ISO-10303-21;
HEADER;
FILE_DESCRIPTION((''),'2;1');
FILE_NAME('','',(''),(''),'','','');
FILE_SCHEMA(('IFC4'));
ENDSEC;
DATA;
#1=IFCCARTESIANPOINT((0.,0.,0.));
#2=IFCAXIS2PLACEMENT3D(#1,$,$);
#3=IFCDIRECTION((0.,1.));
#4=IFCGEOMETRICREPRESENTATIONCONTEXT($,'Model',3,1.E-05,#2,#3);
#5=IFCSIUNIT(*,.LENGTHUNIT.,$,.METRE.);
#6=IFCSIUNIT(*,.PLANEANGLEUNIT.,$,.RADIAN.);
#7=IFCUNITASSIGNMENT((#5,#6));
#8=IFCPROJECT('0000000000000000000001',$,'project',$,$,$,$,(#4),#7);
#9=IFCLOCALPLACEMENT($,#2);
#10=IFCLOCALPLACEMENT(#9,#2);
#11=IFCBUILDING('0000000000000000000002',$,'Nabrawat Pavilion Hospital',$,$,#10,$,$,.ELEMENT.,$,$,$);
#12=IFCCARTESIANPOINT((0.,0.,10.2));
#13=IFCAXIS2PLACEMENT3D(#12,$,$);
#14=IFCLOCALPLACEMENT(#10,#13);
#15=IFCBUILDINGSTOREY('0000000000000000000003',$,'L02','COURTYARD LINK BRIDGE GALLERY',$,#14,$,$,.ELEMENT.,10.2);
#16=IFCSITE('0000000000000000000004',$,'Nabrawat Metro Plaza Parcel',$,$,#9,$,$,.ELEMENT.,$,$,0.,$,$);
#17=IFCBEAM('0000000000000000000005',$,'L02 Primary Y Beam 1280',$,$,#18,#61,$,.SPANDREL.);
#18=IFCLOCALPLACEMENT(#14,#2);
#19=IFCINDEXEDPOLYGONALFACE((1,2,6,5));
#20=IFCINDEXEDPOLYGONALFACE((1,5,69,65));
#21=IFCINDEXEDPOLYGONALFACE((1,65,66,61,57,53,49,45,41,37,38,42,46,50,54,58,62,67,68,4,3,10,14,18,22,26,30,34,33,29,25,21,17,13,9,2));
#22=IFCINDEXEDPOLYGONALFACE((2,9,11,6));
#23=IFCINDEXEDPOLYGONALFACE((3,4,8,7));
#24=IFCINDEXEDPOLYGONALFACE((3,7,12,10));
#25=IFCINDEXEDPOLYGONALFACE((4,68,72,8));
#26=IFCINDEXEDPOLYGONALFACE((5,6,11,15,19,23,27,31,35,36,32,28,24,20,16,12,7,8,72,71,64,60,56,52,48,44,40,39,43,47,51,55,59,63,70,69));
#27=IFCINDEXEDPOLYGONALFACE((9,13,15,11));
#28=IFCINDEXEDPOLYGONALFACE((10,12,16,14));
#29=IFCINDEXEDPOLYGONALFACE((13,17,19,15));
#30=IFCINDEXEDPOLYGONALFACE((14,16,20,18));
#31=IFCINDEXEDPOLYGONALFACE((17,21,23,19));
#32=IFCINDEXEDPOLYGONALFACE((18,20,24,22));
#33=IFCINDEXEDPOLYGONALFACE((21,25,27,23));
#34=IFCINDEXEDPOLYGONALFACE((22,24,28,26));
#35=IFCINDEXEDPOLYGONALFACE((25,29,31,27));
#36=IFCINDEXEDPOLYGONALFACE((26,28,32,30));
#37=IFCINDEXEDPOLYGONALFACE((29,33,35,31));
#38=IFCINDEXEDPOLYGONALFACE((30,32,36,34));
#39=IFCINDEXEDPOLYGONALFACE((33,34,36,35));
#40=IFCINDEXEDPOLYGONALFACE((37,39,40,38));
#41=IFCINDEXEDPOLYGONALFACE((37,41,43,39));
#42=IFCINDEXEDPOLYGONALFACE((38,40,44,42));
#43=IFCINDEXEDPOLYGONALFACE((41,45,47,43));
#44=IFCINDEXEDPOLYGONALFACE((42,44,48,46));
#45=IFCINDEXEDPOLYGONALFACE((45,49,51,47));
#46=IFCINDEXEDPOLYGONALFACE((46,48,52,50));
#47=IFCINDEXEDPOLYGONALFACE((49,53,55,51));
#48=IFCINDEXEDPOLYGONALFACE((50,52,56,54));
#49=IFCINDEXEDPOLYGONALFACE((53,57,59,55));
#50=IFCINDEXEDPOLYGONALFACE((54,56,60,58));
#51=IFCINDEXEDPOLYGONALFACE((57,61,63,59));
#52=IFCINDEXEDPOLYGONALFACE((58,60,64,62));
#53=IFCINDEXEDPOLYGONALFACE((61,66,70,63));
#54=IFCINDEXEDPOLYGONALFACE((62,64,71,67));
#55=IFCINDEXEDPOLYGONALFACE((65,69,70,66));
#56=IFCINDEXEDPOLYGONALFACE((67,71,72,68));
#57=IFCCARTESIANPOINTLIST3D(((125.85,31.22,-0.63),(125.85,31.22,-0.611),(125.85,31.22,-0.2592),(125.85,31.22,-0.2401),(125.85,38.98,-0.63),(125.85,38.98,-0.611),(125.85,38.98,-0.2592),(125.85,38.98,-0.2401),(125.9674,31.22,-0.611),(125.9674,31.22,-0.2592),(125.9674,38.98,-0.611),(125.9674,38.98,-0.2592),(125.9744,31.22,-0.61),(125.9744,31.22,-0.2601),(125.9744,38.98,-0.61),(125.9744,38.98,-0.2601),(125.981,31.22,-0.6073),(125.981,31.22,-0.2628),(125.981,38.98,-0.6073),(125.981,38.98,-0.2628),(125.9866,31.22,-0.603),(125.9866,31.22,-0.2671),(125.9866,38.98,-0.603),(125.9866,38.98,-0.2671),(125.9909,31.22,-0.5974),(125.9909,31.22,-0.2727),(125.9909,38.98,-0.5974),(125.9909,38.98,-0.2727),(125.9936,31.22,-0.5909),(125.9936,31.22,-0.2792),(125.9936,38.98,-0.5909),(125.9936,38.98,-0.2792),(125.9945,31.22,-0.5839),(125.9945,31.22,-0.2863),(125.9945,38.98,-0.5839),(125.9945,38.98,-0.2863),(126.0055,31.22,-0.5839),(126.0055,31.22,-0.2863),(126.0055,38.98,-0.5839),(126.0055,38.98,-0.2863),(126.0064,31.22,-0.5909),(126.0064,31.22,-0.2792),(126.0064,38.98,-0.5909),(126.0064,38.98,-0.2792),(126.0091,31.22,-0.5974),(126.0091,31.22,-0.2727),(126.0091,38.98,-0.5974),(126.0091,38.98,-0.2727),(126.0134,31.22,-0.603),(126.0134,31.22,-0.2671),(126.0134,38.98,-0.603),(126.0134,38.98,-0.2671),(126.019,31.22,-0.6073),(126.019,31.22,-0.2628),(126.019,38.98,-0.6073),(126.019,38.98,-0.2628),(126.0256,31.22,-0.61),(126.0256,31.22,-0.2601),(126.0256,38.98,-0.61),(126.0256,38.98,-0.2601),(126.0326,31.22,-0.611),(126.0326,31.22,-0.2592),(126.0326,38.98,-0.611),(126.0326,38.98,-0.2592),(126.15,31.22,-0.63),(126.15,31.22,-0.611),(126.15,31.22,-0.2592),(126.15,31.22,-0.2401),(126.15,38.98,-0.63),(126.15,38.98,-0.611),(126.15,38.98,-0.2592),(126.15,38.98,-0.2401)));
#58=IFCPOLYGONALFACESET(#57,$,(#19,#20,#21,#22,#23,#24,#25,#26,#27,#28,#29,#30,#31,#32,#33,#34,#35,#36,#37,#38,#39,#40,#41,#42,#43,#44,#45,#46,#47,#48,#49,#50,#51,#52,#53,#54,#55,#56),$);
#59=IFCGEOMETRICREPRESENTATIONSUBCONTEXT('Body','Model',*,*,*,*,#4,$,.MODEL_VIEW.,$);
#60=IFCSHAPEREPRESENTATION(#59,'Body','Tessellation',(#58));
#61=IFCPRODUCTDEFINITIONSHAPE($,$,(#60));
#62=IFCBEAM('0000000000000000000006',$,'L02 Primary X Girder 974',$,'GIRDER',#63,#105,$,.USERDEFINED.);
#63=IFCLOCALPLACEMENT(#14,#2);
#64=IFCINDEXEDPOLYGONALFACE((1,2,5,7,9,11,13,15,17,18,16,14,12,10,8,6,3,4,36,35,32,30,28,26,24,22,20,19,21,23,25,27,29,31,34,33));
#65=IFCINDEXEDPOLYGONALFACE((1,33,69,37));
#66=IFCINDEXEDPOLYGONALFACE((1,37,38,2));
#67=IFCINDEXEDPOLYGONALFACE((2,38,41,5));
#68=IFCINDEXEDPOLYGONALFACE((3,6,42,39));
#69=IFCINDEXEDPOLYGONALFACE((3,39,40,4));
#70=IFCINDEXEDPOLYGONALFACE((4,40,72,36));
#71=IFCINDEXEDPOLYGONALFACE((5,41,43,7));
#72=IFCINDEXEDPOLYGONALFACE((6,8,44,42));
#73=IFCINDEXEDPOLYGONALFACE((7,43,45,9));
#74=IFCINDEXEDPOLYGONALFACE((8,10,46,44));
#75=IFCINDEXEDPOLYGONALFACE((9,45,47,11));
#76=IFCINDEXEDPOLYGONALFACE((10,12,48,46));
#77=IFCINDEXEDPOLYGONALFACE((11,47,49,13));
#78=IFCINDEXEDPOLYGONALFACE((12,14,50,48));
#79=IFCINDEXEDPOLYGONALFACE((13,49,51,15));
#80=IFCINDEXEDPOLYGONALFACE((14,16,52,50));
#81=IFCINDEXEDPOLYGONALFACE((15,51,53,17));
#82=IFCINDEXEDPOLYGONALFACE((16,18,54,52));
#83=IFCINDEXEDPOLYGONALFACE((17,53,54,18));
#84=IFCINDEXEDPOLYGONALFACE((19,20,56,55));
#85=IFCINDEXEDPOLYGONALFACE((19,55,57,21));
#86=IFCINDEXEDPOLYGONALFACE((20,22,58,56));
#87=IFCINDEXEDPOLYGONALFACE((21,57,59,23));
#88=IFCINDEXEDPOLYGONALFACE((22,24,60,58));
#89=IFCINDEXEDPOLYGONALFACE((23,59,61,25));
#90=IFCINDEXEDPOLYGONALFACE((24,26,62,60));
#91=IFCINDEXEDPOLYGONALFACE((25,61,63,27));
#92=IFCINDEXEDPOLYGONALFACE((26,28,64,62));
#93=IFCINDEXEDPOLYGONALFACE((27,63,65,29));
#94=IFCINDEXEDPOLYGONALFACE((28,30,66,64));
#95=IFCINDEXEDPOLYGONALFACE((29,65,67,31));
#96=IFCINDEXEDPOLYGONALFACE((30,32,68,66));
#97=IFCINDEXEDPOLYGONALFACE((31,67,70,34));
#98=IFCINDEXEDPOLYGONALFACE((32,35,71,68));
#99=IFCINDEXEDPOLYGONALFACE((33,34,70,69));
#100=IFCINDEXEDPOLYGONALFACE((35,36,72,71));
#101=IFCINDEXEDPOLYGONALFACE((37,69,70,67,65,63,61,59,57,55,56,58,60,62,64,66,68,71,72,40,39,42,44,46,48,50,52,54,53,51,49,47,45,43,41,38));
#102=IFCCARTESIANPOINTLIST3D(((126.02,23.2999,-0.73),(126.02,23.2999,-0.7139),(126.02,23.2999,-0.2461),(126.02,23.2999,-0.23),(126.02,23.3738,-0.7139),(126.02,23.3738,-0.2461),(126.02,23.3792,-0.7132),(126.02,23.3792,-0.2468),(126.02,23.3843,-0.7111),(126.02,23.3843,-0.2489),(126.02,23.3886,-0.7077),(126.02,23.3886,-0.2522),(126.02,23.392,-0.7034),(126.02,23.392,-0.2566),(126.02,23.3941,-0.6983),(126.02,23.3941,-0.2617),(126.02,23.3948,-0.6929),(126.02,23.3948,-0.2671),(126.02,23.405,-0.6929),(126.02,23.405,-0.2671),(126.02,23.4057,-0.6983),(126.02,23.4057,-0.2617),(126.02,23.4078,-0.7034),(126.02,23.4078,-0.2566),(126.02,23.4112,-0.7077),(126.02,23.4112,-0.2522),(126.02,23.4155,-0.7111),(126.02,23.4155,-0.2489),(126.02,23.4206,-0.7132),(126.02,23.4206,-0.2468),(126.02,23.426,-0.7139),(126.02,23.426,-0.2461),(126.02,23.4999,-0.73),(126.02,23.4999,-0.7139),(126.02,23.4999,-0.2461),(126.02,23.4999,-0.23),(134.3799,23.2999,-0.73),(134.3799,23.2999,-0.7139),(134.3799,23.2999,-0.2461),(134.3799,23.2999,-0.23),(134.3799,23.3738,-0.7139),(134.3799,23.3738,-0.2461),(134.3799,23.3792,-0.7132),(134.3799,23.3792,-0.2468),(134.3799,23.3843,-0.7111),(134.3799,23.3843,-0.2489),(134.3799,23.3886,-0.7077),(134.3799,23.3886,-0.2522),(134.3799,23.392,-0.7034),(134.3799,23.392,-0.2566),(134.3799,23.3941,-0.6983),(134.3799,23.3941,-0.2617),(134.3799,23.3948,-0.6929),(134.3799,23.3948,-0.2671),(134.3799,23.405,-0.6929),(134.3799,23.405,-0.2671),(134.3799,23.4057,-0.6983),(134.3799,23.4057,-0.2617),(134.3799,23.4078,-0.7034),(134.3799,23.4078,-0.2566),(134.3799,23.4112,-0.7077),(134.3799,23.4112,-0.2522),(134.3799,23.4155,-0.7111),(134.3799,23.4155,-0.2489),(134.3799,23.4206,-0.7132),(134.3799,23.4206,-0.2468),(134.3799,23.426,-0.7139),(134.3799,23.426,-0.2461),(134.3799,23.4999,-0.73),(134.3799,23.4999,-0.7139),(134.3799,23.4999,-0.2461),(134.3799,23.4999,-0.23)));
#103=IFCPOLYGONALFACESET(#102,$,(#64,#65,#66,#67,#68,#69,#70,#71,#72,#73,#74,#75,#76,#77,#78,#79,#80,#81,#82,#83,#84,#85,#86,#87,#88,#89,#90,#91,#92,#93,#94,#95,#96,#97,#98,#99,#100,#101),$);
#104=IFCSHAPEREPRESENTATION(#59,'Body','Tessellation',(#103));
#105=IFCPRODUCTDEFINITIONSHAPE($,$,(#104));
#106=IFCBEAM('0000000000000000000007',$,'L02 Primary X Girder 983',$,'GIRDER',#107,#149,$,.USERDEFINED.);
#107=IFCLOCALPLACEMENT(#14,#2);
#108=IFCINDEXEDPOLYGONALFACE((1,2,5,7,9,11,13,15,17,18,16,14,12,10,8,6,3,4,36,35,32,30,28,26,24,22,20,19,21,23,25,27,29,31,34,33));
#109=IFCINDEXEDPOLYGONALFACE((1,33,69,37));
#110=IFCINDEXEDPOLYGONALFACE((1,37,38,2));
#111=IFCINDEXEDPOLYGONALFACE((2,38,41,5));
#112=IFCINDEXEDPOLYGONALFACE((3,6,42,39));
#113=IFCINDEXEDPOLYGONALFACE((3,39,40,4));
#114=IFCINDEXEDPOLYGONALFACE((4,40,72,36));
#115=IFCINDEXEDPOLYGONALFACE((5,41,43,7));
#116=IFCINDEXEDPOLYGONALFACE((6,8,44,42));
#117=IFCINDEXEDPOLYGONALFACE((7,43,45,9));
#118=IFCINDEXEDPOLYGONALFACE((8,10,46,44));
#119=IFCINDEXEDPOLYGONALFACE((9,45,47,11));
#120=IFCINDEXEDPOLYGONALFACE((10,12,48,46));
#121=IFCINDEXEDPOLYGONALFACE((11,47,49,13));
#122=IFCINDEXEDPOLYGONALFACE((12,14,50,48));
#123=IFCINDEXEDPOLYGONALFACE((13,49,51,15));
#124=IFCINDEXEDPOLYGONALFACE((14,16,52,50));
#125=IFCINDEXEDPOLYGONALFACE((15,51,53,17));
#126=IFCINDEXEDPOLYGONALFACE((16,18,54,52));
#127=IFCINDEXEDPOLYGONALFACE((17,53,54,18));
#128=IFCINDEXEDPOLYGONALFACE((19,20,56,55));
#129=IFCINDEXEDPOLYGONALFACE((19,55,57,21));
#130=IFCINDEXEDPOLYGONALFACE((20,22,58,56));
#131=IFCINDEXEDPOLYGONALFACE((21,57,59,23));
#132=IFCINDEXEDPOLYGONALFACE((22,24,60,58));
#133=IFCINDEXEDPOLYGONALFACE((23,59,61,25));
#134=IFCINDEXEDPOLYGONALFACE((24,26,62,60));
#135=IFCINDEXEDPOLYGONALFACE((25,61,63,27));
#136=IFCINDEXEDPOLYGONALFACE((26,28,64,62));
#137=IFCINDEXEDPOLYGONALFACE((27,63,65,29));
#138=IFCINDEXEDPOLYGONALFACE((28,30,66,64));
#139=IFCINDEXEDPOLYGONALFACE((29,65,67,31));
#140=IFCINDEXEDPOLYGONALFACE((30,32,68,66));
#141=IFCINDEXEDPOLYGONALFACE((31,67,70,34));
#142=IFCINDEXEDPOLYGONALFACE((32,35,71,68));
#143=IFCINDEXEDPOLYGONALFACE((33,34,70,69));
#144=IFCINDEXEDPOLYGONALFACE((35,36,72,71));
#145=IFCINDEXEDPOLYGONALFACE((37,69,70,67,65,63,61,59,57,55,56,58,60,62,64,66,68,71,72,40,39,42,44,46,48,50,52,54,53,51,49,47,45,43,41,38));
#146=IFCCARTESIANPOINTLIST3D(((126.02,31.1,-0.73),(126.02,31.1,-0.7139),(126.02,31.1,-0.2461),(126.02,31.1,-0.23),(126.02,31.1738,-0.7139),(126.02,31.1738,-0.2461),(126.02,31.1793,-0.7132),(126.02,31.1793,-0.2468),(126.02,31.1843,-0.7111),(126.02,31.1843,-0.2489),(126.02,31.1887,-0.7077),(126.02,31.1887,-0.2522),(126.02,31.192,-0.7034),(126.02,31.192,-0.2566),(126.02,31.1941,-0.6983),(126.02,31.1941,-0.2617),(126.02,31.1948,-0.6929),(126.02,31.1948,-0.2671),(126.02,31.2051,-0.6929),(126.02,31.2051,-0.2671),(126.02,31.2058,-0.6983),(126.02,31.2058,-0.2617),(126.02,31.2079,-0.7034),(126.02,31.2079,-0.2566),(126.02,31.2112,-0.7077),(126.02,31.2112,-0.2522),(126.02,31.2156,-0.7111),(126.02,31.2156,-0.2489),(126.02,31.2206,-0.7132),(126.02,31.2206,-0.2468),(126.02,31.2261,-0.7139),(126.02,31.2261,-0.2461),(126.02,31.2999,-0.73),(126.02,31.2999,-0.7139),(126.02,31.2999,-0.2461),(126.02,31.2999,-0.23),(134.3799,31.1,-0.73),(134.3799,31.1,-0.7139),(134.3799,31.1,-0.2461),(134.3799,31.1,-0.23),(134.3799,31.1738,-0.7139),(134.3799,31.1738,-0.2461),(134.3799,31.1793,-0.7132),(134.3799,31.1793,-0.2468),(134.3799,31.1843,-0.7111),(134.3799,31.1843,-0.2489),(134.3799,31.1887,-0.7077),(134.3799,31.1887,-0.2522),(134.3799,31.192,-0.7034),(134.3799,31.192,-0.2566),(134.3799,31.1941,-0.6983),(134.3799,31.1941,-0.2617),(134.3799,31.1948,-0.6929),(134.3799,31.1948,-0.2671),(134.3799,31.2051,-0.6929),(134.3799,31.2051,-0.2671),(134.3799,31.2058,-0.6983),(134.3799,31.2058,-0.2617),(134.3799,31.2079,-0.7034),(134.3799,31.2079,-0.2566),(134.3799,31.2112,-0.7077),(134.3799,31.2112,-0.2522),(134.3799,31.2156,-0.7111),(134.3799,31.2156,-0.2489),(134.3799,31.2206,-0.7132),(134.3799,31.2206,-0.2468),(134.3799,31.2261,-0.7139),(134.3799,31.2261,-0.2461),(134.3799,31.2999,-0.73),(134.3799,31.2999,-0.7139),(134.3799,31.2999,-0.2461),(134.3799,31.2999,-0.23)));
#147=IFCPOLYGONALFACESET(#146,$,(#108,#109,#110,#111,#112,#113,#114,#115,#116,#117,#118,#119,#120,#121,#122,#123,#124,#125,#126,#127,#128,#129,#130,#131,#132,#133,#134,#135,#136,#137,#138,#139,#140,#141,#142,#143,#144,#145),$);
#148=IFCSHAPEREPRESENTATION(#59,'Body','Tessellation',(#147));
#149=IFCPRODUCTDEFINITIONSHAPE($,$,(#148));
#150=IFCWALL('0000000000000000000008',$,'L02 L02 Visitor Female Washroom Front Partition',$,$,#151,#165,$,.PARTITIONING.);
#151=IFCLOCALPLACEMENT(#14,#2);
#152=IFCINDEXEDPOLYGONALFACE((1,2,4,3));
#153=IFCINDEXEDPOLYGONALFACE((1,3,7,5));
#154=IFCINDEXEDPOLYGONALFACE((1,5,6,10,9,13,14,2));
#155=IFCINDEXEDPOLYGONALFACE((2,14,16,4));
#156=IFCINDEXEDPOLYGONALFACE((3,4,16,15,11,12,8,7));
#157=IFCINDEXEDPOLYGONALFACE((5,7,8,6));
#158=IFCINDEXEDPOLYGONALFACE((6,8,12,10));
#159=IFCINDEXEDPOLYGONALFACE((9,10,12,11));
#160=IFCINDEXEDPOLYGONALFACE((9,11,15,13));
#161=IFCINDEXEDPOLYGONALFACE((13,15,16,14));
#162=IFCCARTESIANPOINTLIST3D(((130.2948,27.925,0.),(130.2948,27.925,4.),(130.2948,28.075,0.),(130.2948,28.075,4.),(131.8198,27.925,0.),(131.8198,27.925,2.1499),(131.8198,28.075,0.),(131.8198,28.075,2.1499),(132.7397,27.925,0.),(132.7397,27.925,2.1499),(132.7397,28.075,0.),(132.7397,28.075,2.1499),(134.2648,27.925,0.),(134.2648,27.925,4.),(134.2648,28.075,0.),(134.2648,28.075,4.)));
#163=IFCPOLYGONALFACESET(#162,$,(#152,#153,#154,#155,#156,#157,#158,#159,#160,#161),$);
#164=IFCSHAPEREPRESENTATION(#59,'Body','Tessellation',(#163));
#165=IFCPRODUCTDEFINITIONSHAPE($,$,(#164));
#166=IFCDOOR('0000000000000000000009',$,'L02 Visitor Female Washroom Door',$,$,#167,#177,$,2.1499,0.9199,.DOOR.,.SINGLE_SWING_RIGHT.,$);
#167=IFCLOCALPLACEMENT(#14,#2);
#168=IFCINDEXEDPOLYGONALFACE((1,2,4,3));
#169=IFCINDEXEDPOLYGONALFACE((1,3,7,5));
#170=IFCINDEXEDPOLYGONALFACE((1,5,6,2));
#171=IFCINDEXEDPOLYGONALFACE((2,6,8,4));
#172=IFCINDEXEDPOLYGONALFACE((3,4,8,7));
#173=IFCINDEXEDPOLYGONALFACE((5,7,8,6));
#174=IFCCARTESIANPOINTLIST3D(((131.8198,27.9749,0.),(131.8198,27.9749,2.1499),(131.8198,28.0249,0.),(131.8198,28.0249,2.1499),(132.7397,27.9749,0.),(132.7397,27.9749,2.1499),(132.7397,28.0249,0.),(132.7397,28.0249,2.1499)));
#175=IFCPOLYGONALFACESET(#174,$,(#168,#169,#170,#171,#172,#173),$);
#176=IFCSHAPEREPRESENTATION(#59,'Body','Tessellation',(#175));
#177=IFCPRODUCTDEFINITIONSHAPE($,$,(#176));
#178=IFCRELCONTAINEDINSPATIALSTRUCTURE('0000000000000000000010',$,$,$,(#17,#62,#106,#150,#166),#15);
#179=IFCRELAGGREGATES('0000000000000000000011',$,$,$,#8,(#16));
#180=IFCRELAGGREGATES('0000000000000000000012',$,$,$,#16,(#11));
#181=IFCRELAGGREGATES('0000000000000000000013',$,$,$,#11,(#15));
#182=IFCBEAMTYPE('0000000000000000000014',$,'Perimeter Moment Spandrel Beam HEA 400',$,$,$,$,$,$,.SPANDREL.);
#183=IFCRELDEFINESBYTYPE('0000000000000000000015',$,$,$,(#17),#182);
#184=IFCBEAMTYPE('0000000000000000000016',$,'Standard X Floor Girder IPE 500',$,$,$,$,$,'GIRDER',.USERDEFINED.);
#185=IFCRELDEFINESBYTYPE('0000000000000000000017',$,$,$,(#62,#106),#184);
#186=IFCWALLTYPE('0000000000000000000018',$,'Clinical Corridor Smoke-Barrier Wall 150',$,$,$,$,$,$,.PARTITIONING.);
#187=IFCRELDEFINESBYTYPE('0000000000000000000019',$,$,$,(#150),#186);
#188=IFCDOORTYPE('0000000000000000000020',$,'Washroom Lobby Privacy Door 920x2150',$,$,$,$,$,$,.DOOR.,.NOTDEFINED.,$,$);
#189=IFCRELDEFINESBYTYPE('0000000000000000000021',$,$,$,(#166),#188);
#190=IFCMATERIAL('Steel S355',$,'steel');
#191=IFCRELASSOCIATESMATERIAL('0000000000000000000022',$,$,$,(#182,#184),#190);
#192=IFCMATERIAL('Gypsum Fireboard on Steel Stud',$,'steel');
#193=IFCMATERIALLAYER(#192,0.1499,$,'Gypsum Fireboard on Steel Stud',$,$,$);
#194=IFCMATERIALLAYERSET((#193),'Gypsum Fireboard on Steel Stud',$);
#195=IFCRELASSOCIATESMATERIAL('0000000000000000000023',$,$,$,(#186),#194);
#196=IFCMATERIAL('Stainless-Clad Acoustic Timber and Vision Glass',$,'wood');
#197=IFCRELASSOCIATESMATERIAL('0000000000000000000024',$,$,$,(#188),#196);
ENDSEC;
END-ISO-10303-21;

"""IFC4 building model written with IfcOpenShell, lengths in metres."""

from ifc_helpers import new_model, si_unit, direction, frame, frame_2d, origin, origin_2d, place, context, subcontext, project, spatial, rectangle, i_section, extrude, material, layer, layer_set, material_profile, profile_set, type_object, element, fill, save


model = new_model("IFC4")

# Units and contexts
model_context = context("Model", 3, precision=1e-05, world=origin(), true_north=direction((0.0, 1.0)))
body_context = subcontext(model_context, "Body", "Model", "MODEL_VIEW")
ifc_project = project(units=[si_unit("LENGTHUNIT", "METRE"), si_unit("PLANEANGLEUNIT", "RADIAN")], contexts=[model_context])

# Site, building, storey
site_placement = place(None, origin())
site = spatial("IfcSite", under=ifc_project, at=site_placement, Name="Nabrawat Metro Plaza Parcel", CompositionType="ELEMENT", RefElevation=0.0)
building_placement = place(site_placement, origin())
building = spatial("IfcBuilding", under=site, at=building_placement, Name="Nabrawat Pavilion Hospital", CompositionType="ELEMENT")
storey_placement = place(building_placement, frame((0.0, 0.0, 10.2)))
storey = spatial("IfcBuildingStorey", under=building, at=storey_placement, Name="L02", Description="COURTYARD LINK BRIDGE GALLERY", CompositionType="ELEMENT", Elevation=10.2)

# Shared definitions
ifc_material_1 = material(Name="Steel S355", Category="steel")

# Beams
ifc_material_profile_1 = material_profile(ifc_material_1, i_section(OverallWidth=0.3, OverallDepth=0.3899, WebThickness=0.011, FlangeThickness=0.019, FilletRadius=0.0271, at=origin_2d()), Name="HEA 400")
ifc_profile_set_1 = profile_set([ifc_material_profile_1], Name="Steel S355")
beam_type_1 = type_object("IfcBeamType", Name="Perimeter Moment Spandrel Beam HEA 400", PredefinedType="SPANDREL", material=ifc_profile_set_1)
for number, where, z_axis, x_axis, name in (
    (1, (126.0, 31.22, -0.4351), (0.0, 1.0, 0.0), (-1.0, 0.0, 0.0), "L02 Primary Y Beam 1280"),
):
    element("IfcBeam", number, at=place(storey_placement, frame(where, z_axis=z_axis, x_axis=x_axis)), inside=storey, type_object=beam_type_1, Name=name, PredefinedType="SPANDREL", context=body_context, shape_type="SweptSolid", body=[
        extrude(i_section(OverallWidth=0.3, OverallDepth=0.3899, WebThickness=0.011, FlangeThickness=0.019, FilletRadius=0.0271, at=origin_2d()), origin(), (0.0, 0.0, 1.0), 7.76),
    ])
ifc_material_profile_2 = material_profile(ifc_material_1, i_section(OverallWidth=0.2, OverallDepth=0.5, WebThickness=0.0103, FlangeThickness=0.0161, FilletRadius=0.021, at=origin_2d()), Name="IPE 500")
ifc_profile_set_2 = profile_set([ifc_material_profile_2], Name="Steel S355")
beam_type_2 = type_object("IfcBeamType", Name="Standard X Floor Girder IPE 500", ElementType="GIRDER", PredefinedType="USERDEFINED", material=ifc_profile_set_2)
for number, where, z_axis, x_axis, name in (
    (2, (126.02, 23.3999, -0.48), (1.0, 0.0, 0.0), (0.0, 1.0, 0.0), "L02 Primary X Girder 974"),
    (3, (126.02, 31.2, -0.48), (1.0, 0.0, 0.0), (0.0, 1.0, 0.0), "L02 Primary X Girder 983"),
):
    element("IfcBeam", number, at=place(storey_placement, frame(where, z_axis=z_axis, x_axis=x_axis)), inside=storey, type_object=beam_type_2, Name=name, ObjectType="GIRDER", PredefinedType="USERDEFINED", context=body_context, shape_type="SweptSolid", body=[
        extrude(i_section(OverallWidth=0.2, OverallDepth=0.5, WebThickness=0.0103, FlangeThickness=0.0161, FilletRadius=0.021, at=origin_2d()), origin(), (0.0, 0.0, 1.0), 8.3599),
    ])

# Wall, opening, door
ifc_material_2 = material(Name="Gypsum Fireboard on Steel Stud", Category="steel")
ifc_layer_1 = layer(ifc_material_2, 0.1499, Name="Gypsum Fireboard on Steel Stud")
ifc_layer_set_1 = layer_set([ifc_layer_1], Name="Gypsum Fireboard on Steel Stud")
wall_type_1 = type_object("IfcWallType", Name="Clinical Corridor Smoke-Barrier Wall 150", PredefinedType="PARTITIONING", material=ifc_layer_set_1)
ifc_material_3 = material(Name="Stainless-Clad Acoustic Timber and Vision Glass", Category="wood")
wall_1_placement = place(storey_placement, frame((130.2949, 28.0, 0.0), z_axis=(0.0, 0.0, 1.0), x_axis=(1.0, 0.0, 0.0)))
wall_1 = element("IfcWall", 4, at=wall_1_placement, inside=storey, type_object=wall_type_1, Name="L02 L02 Visitor Female Washroom Front Partition", PredefinedType="PARTITIONING", context=body_context, shape_type="SweptSolid", body=[
    extrude(rectangle(XDim=3.97, YDim=0.1499, at=frame_2d((1.9849, 0.0))), origin(), (0.0, 0.0, 1.0), 4.0),
])
opening_1_placement = place(wall_1_placement, frame((1.5249, 0.0, 0.0)))
opening_1 = element("IfcOpeningElement", 5, at=opening_1_placement, cuts=wall_1, PredefinedType="OPENING", context=body_context, shape_type="SweptSolid", body=[
    extrude(rectangle(XDim=0.9199, YDim=2.1499, at=frame_2d((0.46, 1.075))), frame((0.0, 0.085, 0.0), z_axis=(0.0, -1.0, 0.0), x_axis=(1.0, 0.0, 0.0)), (0.0, 0.0, 1.0), 0.1699),
])
door_type_1 = type_object("IfcDoorType", Name="Washroom Lobby Privacy Door 920x2150", OperationType="NOTDEFINED", PredefinedType="DOOR", material=ifc_material_3)
door_1_placement = place(opening_1_placement, origin())
door_1 = element("IfcDoor", 6, at=door_1_placement, inside=storey, type_object=door_type_1, Name="L02 Visitor Female Washroom Door", OperationType="SINGLE_SWING_RIGHT", OverallHeight=2.1499, OverallWidth=0.9199, PredefinedType="DOOR", context=body_context, shape_type="SweptSolid", body=[
    extrude(rectangle(XDim=0.9199, YDim=2.1499, at=frame_2d((0.46, 1.075))), frame((0.0, 0.0249, 0.0), z_axis=(0.0, -1.0, 0.0), x_axis=(1.0, 0.0, 0.0)), (0.0, 0.0, 1.0), 0.05),
])
fill(opening_1, door_1)

save(model, "model.ifc")
